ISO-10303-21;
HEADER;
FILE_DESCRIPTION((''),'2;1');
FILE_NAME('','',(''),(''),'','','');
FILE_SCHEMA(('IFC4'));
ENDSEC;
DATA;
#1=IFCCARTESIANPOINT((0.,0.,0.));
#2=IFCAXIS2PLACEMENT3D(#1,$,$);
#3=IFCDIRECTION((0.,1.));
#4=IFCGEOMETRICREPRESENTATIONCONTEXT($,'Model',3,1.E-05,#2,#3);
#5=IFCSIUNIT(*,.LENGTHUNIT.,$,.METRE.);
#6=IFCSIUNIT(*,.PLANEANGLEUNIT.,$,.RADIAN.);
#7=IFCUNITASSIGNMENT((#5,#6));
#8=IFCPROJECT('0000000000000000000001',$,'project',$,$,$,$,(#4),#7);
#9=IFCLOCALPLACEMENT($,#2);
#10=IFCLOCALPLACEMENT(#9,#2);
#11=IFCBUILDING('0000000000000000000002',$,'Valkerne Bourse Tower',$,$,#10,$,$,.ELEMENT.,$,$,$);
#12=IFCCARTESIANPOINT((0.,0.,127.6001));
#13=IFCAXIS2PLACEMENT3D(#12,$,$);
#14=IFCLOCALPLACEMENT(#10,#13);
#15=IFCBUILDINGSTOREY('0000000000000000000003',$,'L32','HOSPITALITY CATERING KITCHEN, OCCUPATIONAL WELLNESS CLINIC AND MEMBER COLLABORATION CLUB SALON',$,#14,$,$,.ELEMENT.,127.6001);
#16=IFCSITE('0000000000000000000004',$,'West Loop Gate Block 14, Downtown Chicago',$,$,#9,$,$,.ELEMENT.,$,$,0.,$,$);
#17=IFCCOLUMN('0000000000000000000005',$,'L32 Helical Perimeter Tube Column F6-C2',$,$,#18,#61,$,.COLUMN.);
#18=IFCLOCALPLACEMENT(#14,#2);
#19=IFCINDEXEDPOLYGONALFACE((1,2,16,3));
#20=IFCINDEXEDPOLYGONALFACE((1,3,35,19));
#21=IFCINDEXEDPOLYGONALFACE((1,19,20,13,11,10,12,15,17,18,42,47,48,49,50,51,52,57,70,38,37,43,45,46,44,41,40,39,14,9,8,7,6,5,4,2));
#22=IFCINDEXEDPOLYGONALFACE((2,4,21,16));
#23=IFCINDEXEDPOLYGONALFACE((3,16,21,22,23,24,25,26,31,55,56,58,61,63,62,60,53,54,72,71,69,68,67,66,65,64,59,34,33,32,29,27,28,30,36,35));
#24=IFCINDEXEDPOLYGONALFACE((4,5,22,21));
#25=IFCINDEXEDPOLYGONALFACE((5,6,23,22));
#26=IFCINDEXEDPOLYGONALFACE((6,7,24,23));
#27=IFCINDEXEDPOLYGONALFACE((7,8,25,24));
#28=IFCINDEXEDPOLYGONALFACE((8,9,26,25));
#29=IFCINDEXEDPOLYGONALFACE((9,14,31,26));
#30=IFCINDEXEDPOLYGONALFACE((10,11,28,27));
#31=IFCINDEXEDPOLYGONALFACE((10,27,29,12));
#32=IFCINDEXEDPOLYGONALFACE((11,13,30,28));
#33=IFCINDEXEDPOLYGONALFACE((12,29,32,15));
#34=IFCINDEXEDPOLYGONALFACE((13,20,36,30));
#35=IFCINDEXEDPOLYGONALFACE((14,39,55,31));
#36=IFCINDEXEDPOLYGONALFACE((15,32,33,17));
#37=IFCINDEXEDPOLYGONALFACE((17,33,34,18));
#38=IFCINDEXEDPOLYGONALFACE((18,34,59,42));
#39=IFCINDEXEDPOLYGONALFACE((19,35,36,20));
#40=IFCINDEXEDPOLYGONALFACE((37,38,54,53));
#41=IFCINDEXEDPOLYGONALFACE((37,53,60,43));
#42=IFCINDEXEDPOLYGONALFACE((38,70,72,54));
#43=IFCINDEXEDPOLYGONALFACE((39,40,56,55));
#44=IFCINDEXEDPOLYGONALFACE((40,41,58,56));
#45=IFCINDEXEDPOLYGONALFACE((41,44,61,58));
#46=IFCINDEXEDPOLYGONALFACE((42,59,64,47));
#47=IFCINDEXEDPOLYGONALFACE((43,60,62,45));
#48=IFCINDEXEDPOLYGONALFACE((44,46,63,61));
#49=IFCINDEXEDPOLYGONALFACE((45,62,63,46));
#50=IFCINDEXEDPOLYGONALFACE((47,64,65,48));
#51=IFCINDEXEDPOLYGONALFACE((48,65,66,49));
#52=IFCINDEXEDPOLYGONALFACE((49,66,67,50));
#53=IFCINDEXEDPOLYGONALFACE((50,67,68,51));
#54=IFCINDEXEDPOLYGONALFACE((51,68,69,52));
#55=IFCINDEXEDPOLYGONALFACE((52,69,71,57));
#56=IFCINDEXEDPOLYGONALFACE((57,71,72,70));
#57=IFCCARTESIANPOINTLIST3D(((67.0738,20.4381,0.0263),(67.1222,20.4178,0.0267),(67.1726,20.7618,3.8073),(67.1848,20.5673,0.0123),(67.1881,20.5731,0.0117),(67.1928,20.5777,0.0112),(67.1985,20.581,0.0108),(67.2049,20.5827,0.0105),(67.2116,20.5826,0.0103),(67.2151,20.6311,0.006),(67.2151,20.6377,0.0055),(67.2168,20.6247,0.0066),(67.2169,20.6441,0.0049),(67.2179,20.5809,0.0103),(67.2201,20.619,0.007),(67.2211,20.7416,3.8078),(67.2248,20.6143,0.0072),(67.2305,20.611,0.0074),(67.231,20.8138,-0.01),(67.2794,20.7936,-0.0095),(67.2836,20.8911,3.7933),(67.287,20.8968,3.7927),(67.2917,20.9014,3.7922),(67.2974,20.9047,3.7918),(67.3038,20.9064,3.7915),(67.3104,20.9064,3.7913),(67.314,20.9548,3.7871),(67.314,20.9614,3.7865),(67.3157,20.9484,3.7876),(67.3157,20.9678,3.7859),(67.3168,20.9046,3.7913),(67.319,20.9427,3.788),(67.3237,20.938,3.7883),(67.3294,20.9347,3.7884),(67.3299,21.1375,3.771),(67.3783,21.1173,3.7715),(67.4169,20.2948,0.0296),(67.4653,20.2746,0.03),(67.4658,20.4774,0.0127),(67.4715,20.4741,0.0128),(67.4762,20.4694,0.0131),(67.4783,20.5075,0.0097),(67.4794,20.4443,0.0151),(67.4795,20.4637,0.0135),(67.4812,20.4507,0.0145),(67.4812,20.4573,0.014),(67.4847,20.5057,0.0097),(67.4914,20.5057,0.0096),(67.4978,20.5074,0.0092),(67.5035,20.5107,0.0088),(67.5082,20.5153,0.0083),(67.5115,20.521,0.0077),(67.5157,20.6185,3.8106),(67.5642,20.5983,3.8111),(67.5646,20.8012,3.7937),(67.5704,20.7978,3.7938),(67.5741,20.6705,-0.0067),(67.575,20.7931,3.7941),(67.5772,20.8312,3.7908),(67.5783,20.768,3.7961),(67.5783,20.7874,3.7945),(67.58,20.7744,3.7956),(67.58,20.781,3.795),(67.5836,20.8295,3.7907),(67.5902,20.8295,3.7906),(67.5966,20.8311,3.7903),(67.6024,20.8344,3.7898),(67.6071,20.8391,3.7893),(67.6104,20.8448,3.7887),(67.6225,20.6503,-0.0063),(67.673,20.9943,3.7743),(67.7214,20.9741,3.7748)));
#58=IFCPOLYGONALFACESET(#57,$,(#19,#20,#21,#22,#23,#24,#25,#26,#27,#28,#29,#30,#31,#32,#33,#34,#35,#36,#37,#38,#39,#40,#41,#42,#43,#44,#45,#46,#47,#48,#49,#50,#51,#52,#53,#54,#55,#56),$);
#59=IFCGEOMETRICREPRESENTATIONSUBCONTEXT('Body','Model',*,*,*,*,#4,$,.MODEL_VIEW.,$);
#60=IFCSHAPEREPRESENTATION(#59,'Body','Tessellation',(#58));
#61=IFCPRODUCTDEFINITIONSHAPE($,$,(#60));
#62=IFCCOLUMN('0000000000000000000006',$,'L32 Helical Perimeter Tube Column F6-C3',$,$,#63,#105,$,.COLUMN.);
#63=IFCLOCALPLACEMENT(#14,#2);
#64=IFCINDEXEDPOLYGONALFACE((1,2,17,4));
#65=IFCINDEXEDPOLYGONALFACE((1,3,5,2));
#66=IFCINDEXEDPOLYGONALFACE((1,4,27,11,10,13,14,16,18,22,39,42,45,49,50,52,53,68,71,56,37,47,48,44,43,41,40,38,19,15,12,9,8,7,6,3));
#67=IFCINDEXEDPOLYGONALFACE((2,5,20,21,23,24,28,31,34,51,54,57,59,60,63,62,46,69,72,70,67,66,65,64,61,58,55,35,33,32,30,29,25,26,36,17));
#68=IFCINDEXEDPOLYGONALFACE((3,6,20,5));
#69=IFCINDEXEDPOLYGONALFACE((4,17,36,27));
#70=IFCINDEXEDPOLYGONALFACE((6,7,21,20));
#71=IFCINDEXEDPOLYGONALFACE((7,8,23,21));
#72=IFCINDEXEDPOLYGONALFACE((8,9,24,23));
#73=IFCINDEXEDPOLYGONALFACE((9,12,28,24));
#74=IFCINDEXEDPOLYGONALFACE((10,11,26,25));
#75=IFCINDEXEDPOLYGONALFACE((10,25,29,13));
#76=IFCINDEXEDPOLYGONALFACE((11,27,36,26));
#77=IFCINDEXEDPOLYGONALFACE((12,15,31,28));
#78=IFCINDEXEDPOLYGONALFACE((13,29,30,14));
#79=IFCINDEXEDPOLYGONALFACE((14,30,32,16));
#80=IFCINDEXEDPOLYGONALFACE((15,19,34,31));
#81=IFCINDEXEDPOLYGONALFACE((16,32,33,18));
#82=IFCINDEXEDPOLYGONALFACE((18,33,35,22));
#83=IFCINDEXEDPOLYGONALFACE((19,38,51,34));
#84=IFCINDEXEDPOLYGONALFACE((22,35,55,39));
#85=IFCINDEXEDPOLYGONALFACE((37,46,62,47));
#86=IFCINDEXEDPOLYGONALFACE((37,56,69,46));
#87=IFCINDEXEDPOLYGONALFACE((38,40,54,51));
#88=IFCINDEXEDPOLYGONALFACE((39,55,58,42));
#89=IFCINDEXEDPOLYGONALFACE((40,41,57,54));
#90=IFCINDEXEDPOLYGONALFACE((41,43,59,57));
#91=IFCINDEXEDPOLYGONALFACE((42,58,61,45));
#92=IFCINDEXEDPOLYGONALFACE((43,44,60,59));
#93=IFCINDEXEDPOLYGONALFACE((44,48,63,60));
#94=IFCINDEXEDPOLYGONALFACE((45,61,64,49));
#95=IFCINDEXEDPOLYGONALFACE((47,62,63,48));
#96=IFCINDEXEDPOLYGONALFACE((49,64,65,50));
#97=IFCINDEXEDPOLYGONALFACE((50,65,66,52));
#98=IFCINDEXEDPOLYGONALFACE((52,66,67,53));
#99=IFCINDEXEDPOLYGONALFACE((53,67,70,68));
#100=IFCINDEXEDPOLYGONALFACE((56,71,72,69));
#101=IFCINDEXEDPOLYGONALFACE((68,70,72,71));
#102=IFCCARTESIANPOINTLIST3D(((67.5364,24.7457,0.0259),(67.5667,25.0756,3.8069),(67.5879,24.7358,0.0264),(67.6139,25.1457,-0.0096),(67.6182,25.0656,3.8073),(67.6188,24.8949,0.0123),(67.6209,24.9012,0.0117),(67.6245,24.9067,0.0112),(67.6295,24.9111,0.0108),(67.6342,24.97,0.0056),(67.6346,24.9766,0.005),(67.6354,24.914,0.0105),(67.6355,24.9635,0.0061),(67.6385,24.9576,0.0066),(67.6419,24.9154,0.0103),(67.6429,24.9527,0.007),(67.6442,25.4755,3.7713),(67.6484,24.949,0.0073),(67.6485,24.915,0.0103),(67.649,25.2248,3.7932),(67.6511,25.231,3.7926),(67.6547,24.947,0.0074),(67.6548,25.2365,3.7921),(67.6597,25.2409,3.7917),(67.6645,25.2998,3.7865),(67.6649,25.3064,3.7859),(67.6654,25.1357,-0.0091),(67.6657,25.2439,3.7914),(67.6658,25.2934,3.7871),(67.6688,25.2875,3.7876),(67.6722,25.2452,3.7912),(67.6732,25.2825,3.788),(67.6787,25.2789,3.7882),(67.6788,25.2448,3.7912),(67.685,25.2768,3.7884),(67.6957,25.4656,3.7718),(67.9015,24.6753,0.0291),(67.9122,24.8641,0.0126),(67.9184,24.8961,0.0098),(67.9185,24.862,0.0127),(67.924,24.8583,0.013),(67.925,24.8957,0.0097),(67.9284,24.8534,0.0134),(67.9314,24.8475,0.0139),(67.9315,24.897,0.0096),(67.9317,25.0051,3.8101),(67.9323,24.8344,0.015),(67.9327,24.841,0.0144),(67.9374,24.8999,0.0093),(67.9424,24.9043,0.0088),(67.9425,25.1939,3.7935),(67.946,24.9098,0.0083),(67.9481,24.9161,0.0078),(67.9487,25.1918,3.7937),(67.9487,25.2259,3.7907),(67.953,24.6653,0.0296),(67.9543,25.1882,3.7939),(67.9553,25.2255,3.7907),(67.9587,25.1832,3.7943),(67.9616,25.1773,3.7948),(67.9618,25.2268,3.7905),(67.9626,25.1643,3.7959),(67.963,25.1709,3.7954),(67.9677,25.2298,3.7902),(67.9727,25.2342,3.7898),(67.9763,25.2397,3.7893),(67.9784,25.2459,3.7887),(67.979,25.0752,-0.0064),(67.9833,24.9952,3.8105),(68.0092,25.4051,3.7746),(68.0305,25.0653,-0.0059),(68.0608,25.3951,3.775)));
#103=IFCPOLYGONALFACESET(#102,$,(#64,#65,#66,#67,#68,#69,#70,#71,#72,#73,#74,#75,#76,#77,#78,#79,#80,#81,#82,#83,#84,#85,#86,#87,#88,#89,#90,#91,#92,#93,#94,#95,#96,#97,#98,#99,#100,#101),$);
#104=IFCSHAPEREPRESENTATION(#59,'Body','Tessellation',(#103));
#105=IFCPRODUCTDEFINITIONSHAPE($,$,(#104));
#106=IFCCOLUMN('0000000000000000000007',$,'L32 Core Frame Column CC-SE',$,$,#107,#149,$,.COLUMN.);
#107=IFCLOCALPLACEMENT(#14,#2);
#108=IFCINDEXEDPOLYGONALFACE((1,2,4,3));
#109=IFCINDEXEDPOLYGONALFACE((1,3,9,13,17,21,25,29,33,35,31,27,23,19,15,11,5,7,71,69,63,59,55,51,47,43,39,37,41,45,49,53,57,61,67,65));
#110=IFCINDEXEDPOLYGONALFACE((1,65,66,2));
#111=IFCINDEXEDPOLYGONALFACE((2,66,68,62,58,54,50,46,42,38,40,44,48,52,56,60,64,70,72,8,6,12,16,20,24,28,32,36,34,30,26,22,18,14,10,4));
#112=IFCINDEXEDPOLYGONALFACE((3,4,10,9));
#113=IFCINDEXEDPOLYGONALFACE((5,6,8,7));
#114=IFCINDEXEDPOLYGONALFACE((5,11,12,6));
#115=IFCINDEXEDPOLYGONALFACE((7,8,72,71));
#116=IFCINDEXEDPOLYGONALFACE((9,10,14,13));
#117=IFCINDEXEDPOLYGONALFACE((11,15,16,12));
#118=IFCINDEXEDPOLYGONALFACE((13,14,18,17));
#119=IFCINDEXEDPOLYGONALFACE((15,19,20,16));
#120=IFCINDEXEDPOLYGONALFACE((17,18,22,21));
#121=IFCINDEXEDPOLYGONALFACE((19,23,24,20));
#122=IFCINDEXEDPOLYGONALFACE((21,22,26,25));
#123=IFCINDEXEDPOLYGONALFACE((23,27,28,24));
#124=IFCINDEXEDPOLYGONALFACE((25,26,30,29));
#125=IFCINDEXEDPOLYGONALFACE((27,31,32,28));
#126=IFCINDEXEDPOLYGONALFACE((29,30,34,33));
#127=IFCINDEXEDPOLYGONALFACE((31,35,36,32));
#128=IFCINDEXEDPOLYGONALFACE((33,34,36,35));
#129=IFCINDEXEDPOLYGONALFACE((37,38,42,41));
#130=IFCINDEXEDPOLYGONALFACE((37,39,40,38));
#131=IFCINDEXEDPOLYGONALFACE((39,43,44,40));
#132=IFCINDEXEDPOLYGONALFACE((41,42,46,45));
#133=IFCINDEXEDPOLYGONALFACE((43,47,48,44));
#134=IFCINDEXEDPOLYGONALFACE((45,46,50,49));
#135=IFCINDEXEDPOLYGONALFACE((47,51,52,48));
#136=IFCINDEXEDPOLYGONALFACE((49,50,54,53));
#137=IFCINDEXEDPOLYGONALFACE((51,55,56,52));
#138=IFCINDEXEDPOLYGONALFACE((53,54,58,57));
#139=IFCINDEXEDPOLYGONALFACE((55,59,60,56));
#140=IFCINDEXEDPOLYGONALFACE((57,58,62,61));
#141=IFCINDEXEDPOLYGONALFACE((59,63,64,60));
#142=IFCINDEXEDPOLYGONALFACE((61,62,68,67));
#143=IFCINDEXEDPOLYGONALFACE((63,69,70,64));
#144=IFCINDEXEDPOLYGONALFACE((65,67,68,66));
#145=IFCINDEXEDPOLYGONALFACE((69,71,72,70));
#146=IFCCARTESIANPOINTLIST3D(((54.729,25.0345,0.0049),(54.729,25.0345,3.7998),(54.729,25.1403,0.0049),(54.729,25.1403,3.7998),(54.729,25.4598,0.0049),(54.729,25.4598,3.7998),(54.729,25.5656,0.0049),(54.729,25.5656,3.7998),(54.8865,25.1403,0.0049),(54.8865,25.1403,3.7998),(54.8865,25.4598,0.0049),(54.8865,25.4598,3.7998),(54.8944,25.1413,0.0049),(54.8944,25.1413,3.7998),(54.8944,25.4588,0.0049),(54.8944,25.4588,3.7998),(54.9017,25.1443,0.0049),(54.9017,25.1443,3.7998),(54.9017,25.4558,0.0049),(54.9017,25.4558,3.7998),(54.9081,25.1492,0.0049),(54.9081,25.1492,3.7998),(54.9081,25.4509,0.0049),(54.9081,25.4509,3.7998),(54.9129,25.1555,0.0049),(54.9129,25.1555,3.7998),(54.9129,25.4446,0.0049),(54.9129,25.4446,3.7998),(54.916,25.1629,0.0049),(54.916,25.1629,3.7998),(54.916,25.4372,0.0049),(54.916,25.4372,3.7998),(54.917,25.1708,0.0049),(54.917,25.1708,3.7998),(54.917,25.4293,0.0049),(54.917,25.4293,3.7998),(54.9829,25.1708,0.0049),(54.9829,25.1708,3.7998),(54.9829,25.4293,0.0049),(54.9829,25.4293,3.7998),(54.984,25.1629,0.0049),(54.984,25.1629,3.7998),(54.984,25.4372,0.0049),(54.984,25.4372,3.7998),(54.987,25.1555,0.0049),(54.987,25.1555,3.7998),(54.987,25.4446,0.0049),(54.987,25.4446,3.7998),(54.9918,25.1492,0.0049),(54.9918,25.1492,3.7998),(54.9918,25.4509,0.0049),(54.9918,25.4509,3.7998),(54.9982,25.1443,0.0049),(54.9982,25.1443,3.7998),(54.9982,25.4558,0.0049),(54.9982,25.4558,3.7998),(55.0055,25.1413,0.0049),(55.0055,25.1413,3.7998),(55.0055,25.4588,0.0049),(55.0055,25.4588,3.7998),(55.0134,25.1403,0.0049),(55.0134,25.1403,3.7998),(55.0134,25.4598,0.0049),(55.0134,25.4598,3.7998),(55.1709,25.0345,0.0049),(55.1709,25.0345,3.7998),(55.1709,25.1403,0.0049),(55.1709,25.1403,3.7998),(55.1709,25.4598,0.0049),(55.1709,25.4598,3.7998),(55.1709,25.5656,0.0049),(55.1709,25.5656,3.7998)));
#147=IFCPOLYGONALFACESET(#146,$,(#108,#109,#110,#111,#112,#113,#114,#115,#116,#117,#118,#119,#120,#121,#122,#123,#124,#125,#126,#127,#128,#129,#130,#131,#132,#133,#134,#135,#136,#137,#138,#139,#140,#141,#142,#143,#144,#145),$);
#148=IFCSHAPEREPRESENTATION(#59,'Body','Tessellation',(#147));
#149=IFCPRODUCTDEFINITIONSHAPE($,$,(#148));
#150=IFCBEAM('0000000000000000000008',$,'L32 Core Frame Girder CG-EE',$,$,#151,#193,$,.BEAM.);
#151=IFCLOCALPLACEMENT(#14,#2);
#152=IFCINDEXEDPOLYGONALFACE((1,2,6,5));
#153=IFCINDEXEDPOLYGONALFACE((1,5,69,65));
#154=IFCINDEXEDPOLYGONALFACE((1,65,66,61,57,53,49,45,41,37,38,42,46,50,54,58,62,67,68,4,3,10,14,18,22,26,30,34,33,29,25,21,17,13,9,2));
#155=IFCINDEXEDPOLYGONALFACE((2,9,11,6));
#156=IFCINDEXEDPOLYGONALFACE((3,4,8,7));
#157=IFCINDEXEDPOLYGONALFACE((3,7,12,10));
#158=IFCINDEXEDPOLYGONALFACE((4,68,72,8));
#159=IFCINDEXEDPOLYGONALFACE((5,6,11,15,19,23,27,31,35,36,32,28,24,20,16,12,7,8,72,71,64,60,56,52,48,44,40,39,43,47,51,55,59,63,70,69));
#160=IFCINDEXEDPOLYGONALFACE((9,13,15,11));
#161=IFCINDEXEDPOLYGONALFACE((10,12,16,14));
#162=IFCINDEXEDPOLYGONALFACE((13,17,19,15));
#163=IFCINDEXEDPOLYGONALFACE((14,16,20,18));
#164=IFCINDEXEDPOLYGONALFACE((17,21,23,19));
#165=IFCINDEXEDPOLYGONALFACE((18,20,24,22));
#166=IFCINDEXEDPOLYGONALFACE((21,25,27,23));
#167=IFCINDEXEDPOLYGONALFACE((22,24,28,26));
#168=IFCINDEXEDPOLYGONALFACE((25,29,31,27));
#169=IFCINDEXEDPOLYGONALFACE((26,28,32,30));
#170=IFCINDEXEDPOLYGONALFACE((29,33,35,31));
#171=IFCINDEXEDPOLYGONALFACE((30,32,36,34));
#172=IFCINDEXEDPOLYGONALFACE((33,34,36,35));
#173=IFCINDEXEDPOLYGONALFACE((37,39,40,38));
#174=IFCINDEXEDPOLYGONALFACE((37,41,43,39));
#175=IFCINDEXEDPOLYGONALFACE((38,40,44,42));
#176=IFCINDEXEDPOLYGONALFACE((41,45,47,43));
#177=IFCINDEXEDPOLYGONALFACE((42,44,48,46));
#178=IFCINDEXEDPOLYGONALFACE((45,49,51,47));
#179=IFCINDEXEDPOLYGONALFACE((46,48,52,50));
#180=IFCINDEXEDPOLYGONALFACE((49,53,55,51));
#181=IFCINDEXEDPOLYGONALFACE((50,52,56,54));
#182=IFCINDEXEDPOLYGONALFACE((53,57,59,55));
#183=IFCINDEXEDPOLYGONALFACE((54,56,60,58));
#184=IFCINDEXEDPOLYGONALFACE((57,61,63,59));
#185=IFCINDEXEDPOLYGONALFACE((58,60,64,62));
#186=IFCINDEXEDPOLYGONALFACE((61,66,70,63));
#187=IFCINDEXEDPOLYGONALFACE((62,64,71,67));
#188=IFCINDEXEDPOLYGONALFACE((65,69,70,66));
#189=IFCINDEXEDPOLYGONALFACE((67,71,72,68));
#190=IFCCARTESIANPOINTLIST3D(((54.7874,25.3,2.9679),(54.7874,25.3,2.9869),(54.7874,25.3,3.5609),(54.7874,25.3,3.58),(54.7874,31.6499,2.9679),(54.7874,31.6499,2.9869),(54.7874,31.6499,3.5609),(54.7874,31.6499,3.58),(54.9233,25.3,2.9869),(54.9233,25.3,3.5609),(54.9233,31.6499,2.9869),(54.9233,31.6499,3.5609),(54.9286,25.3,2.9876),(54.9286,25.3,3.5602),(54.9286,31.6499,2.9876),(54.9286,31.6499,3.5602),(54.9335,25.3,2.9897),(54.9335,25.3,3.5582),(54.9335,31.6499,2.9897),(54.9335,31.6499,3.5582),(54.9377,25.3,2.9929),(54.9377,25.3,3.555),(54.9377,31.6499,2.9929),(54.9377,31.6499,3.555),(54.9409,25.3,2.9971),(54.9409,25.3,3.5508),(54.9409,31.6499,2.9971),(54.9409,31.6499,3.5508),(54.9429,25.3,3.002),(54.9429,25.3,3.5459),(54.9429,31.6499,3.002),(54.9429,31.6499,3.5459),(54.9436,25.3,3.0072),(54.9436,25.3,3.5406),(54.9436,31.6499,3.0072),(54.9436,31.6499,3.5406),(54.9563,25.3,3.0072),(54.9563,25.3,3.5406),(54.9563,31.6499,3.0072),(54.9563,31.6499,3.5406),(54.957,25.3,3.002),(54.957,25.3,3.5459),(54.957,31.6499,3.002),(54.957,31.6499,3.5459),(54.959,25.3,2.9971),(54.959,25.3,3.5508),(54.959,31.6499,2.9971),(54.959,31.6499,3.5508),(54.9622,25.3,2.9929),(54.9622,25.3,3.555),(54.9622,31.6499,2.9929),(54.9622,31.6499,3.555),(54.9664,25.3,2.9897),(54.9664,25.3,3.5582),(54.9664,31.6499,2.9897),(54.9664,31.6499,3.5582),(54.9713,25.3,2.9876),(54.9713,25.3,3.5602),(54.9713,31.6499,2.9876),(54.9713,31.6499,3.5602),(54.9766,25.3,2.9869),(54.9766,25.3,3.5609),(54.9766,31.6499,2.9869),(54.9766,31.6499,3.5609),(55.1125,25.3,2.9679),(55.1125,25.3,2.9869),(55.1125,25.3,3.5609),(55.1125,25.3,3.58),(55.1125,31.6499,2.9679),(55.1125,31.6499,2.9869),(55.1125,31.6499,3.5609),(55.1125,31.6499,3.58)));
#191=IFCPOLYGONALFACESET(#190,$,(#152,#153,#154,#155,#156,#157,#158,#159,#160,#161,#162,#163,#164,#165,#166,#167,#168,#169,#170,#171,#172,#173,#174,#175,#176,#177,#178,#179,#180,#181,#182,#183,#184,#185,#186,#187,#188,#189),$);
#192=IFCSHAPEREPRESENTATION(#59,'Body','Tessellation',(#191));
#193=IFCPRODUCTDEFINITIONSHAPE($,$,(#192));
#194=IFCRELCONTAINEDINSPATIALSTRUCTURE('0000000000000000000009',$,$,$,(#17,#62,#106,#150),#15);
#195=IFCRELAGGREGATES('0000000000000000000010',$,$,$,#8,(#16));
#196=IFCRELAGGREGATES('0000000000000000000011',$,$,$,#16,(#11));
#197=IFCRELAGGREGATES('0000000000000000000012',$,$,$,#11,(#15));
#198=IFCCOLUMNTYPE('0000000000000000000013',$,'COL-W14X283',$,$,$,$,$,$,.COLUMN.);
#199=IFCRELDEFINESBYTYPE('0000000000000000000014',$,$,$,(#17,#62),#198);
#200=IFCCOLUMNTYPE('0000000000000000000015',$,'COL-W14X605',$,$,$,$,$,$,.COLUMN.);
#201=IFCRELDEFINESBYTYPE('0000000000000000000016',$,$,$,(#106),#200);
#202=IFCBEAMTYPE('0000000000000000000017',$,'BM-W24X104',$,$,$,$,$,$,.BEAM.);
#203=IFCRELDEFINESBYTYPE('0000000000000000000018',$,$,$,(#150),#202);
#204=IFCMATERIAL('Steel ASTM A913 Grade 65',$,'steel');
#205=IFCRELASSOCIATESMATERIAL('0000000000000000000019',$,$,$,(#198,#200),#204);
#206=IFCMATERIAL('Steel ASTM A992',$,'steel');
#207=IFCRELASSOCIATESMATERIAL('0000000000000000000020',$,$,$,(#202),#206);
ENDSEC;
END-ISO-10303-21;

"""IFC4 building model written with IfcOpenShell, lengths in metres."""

from ifc_helpers import new_model, si_unit, direction, frame, origin, origin_2d, place, context, subcontext, project, spatial, i_section, extrude, material, material_profile, profile_set, type_object, element, save


model = new_model("IFC4")

# Units and contexts
model_context = context("Model", 3, precision=1e-05, world=origin(), true_north=direction((0.0, 1.0)))
body_context = subcontext(model_context, "Body", "Model", "MODEL_VIEW")
ifc_project = project(units=[si_unit("LENGTHUNIT", "METRE"), si_unit("PLANEANGLEUNIT", "RADIAN")], contexts=[model_context])

# Site, building, storey
site_placement = place(None, origin())
site = spatial("IfcSite", under=ifc_project, at=site_placement, Name="West Loop Gate Block 14, Downtown Chicago", CompositionType="ELEMENT", RefElevation=0.0)
building_placement = place(site_placement, origin())
building = spatial("IfcBuilding", under=site, at=building_placement, Name="Valkerne Bourse Tower", CompositionType="ELEMENT")
storey_placement = place(building_placement, frame((0.0, 0.0, 127.6001)))
storey = spatial("IfcBuildingStorey", under=building, at=storey_placement, Name="L32", Description="HOSPITALITY CATERING KITCHEN, OCCUPATIONAL WELLNESS CLINIC AND MEMBER COLLABORATION CLUB SALON", CompositionType="ELEMENT", Elevation=127.6001)

# Columns
ifc_material_1 = material(Name="Steel ASTM A913 Grade 65", Category="steel")
ifc_material_profile_1 = material_profile(ifc_material_1, i_section(OverallWidth=0.4089, OverallDepth=0.4243, WebThickness=0.0327, FlangeThickness=0.0525, FilletRadius=0.0254, at=origin_2d()), Name="W14X283")
ifc_profile_set_1 = profile_set([ifc_material_profile_1], Name="Steel ASTM A913 Grade 65")
column_type_1 = type_object("IfcColumnType", Name="COL-W14X283", PredefinedType="COLUMN", material=ifc_profile_set_1)
column_1_placement = place(storey_placement, frame((67.3481, 20.5442, 0.01), z_axis=(0.026047, 0.085279, 0.996017), x_axis=(-0.384494, -0.918853, 0.088727)))
element("IfcColumn", 1, at=column_1_placement, inside=storey, type_object=column_type_1, Name="L32 Helical Perimeter Tube Column F6-C2", PredefinedType="COLUMN", context=body_context, shape_type="SweptSolid", body=[
    extrude(i_section(OverallWidth=0.4089, OverallDepth=0.4243, WebThickness=0.0327, FlangeThickness=0.0525, FilletRadius=0.0254, at=origin_2d()), origin(), (0.0, 0.0, 1.0), 3.7961),
])
column_2_placement = place(storey_placement, frame((67.7834, 24.9055, 0.01), z_axis=(0.007976, 0.086902, 0.996185), x_axis=(-0.189505, -0.978032, 0.086835)))
element("IfcColumn", 2, at=column_2_placement, inside=storey, type_object=column_type_1, Name="L32 Helical Perimeter Tube Column F6-C3", PredefinedType="COLUMN", context=body_context, shape_type="SweptSolid", body=[
    extrude(i_section(OverallWidth=0.4089, OverallDepth=0.4243, WebThickness=0.0327, FlangeThickness=0.0525, FilletRadius=0.0254, at=origin_2d()), origin(), (0.0, 0.0, 1.0), 3.7954),
])
ifc_material_profile_2 = material_profile(ifc_material_1, i_section(OverallWidth=0.4419, OverallDepth=0.531, WebThickness=0.0659, FlangeThickness=0.1057, FilletRadius=0.0305, at=origin_2d()), Name="W14X605")
ifc_profile_set_2 = profile_set([ifc_material_profile_2], Name="Steel ASTM A913 Grade 65")
column_type_2 = type_object("IfcColumnType", Name="COL-W14X605", PredefinedType="COLUMN", material=ifc_profile_set_2)
column_3_placement = place(storey_placement, frame((54.95, 25.3, 0.0049), z_axis=(0.0, 0.0, 1.0), x_axis=(1.0, 0.0, 0.0)))
element("IfcColumn", 3, at=column_3_placement, inside=storey, type_object=column_type_2, Name="L32 Core Frame Column CC-SE", PredefinedType="COLUMN", context=body_context, shape_type="SweptSolid", body=[
    extrude(i_section(OverallWidth=0.4419, OverallDepth=0.531, WebThickness=0.0659, FlangeThickness=0.1057, FilletRadius=0.0305, at=origin_2d()), origin(), (0.0, 0.0, 1.0), 3.7949),
])

# Beam
ifc_material_2 = material(Name="Steel ASTM A992", Category="steel")
ifc_material_profile_3 = material_profile(ifc_material_2, i_section(OverallWidth=0.3252, OverallDepth=0.6121, WebThickness=0.0127, FlangeThickness=0.019, FilletRadius=0.0203, at=origin_2d()), Name="W24X104")
ifc_profile_set_3 = profile_set([ifc_material_profile_3], Name="Steel ASTM A992")
beam_type_1 = type_object("IfcBeamType", Name="BM-W24X104", PredefinedType="BEAM", material=ifc_profile_set_3)
beam_1_placement = place(storey_placement, frame((54.95, 25.3, 3.2739), z_axis=(0.0, 1.0, 0.0), x_axis=(-1.0, 0.0, 0.0)))
element("IfcBeam", 4, at=beam_1_placement, inside=storey, type_object=beam_type_1, Name="L32 Core Frame Girder CG-EE", PredefinedType="BEAM", context=body_context, shape_type="SweptSolid", body=[
    extrude(i_section(OverallWidth=0.3252, OverallDepth=0.6121, WebThickness=0.0127, FlangeThickness=0.019, FilletRadius=0.0203, at=origin_2d()), origin(), (0.0, 0.0, 1.0), 6.3499),
])

save(model, "model.ifc")
